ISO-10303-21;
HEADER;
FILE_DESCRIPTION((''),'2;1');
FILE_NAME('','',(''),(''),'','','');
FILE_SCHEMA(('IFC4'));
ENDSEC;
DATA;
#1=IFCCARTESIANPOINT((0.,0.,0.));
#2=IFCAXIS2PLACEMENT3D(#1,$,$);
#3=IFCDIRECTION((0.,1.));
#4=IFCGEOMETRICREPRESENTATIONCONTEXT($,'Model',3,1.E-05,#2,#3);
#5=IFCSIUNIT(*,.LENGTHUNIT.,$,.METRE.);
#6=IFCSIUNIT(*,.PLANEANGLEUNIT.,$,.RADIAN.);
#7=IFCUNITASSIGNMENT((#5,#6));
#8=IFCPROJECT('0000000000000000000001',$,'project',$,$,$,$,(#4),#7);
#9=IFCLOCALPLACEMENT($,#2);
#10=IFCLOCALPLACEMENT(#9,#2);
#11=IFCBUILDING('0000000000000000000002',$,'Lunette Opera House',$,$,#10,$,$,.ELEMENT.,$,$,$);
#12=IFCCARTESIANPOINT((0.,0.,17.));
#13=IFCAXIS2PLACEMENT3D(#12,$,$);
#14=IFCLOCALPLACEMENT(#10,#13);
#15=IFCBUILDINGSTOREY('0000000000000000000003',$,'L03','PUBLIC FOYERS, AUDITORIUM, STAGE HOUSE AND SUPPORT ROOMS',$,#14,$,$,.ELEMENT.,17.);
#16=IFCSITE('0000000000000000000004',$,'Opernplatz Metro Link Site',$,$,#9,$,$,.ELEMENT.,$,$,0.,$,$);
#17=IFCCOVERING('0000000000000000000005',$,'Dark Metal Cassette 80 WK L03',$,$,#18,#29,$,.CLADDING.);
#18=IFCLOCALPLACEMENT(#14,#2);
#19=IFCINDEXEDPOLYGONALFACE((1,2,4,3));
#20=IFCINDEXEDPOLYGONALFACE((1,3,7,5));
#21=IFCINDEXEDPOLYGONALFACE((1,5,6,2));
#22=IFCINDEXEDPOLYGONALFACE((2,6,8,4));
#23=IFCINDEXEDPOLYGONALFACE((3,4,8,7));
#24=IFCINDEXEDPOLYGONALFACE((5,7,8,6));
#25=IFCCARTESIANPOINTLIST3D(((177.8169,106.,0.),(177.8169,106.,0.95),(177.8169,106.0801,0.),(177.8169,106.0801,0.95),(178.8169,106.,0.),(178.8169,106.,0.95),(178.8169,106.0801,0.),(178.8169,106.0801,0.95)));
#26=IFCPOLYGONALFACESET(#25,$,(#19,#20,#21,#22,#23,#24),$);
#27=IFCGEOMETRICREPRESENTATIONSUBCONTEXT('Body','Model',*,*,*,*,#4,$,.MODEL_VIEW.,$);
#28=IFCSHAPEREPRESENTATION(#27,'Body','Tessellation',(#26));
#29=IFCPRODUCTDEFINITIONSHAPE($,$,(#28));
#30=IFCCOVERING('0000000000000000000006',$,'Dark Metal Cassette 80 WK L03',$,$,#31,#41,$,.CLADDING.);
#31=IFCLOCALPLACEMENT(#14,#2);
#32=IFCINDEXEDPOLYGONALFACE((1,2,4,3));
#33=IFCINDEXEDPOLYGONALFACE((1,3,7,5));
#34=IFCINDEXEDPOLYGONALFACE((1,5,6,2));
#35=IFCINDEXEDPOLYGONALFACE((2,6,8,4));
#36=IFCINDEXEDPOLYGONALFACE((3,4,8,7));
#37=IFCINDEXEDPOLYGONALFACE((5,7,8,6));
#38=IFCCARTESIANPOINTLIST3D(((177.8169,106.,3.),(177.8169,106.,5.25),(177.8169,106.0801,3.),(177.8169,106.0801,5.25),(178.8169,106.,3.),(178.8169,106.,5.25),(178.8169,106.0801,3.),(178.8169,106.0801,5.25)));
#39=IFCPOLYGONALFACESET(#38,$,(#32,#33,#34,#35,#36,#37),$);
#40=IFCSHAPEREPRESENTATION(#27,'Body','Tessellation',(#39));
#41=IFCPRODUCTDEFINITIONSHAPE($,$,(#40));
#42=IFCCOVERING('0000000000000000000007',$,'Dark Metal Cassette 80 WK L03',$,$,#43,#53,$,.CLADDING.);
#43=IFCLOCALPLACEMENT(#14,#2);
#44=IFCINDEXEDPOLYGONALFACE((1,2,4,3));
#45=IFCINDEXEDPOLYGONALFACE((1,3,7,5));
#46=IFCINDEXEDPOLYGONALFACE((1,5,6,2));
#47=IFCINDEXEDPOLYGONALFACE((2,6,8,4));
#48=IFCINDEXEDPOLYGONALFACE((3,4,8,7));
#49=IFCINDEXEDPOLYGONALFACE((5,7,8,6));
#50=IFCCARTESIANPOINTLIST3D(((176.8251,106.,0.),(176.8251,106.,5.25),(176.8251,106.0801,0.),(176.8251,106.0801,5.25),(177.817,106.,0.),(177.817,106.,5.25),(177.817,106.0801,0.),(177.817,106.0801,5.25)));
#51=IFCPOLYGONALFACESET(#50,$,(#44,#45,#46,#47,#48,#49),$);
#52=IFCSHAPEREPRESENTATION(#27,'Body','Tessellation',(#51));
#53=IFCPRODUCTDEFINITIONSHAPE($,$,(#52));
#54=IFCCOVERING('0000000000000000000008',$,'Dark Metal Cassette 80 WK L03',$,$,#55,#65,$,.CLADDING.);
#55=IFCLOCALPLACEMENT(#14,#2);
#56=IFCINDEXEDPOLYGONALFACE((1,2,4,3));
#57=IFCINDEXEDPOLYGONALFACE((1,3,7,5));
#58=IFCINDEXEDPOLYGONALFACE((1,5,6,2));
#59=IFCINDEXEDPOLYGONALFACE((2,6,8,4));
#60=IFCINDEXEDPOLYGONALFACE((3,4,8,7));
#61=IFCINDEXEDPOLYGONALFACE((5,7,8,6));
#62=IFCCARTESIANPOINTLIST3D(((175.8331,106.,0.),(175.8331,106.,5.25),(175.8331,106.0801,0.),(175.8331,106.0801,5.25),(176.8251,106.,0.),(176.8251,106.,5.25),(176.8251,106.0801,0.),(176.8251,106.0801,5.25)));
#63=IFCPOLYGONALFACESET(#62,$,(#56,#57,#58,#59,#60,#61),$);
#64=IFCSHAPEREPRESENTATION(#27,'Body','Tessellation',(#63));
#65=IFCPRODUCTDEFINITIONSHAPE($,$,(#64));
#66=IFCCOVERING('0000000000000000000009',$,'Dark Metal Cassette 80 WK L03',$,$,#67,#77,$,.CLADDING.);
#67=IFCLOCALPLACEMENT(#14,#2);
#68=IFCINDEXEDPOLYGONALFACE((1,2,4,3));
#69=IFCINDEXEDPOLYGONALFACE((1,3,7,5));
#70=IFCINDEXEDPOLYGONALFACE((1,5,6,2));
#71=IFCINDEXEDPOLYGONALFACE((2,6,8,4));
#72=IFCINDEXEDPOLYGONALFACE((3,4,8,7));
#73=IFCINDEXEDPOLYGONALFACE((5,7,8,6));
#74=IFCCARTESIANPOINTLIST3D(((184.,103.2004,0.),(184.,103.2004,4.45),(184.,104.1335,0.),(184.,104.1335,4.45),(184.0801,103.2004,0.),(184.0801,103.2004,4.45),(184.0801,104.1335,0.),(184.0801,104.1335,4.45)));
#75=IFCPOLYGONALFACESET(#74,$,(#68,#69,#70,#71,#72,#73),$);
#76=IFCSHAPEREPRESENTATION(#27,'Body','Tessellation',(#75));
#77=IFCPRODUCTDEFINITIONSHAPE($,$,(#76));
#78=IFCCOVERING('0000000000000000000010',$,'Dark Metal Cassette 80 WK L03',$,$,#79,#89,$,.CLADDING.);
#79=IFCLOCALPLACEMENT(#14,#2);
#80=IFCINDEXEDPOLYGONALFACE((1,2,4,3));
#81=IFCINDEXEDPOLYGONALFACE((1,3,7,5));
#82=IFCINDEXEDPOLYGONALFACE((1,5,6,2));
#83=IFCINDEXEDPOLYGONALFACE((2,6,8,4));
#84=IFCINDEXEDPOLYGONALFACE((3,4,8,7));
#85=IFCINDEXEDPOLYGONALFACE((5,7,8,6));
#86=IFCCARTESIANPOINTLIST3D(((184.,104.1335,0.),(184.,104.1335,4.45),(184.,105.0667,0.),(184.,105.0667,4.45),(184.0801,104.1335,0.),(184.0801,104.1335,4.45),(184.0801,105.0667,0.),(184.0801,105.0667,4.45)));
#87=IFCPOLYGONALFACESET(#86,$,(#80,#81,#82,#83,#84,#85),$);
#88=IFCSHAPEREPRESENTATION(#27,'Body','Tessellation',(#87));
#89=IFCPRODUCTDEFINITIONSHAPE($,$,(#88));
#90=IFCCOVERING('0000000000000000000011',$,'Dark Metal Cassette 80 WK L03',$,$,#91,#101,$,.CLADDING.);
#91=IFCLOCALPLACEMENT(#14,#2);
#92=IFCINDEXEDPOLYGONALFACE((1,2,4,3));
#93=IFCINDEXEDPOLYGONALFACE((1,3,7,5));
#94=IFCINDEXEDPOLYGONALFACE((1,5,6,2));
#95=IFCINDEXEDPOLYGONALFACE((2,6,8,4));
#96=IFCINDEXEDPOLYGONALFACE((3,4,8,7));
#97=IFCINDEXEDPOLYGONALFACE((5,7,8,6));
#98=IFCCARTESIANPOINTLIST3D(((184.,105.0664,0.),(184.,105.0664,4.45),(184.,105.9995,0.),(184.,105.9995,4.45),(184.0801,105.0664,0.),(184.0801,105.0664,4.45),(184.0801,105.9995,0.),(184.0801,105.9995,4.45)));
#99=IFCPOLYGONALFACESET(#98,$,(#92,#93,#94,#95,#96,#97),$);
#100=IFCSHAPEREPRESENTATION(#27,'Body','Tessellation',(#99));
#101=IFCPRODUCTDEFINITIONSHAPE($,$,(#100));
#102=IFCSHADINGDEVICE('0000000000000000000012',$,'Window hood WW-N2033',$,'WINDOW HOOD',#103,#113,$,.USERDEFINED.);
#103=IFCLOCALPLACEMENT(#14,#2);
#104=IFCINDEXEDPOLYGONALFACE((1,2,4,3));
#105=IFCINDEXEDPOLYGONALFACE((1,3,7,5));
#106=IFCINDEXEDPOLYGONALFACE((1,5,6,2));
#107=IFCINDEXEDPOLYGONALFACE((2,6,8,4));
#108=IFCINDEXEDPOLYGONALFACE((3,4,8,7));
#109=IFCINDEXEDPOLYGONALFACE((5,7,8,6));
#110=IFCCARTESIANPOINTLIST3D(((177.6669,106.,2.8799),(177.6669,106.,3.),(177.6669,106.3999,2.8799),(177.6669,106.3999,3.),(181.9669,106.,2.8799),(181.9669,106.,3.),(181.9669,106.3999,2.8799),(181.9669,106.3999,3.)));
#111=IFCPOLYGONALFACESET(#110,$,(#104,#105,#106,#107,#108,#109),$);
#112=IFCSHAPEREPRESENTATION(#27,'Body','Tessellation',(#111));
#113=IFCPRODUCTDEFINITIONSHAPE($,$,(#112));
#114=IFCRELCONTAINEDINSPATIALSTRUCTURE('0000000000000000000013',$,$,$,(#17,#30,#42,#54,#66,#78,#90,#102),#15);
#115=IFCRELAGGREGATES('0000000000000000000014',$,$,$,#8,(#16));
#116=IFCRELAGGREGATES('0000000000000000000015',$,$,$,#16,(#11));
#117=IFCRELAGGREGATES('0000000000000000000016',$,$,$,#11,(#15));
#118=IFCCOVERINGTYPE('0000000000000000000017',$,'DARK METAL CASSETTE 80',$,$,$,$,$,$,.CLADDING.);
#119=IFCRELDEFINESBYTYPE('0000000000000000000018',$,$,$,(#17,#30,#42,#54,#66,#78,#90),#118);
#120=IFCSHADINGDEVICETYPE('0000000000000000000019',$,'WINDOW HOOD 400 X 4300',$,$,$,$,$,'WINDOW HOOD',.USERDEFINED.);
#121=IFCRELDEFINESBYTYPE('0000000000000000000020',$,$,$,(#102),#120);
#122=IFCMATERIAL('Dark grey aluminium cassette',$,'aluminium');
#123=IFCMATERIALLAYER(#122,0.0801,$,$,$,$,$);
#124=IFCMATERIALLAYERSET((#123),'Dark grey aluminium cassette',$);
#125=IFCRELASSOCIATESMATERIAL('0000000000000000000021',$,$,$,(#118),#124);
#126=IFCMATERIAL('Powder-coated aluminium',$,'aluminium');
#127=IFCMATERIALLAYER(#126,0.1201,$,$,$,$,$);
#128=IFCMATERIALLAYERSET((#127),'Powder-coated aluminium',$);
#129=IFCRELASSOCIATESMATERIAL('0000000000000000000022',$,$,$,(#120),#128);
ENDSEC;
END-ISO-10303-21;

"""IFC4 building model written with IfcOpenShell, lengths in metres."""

from ifc_helpers import new_model, si_unit, direction, frame, origin, origin_2d, place, context, subcontext, project, spatial, rectangle, extrude, material, layer, layer_set, type_object, element, save


model = new_model("IFC4")

# Units and contexts
model_context = context("Model", 3, precision=1e-05, world=origin(), true_north=direction((0.0, 1.0)))
body_context = subcontext(model_context, "Body", "Model", "MODEL_VIEW")
ifc_project = project(units=[si_unit("LENGTHUNIT", "METRE"), si_unit("PLANEANGLEUNIT", "RADIAN")], contexts=[model_context])

# Site, building, storey
site_placement = place(None, origin())
site = spatial("IfcSite", under=ifc_project, at=site_placement, Name="Opernplatz Metro Link Site", CompositionType="ELEMENT", RefElevation=0.0)
building_placement = place(site_placement, origin())
building = spatial("IfcBuilding", under=site, at=building_placement, Name="Lunette Opera House", CompositionType="ELEMENT")
storey_placement = place(building_placement, frame((0.0, 0.0, 17.0)))
storey = spatial("IfcBuildingStorey", under=building, at=storey_placement, Name="L03", Description="PUBLIC FOYERS, AUDITORIUM, STAGE HOUSE AND SUPPORT ROOMS", CompositionType="ELEMENT", Elevation=17.0)

# Coverings
ifc_material_1 = material(Name="Dark grey aluminium cassette", Category="aluminium")
ifc_layer_1 = layer(ifc_material_1, 0.0801)
ifc_layer_set_1 = layer_set([ifc_layer_1], Name="Dark grey aluminium cassette")
covering_type = type_object("IfcCoveringType", Name="DARK METAL CASSETTE 80", PredefinedType="CLADDING", material=ifc_layer_set_1)
covering_1_placement = place(storey_placement, frame((178.3169, 106.04, 0.0), z_axis=(0.0, 0.0, 1.0), x_axis=(-1.0, 0.0, 0.0)))
element("IfcCovering", 1, at=covering_1_placement, inside=storey, type_object=covering_type, Name="Dark Metal Cassette 80 WK L03", PredefinedType="CLADDING", context=body_context, shape_type="SweptSolid", body=[
    extrude(rectangle(XDim=1.0, YDim=0.0801, at=origin_2d()), origin(), (0.0, 0.0, 1.0), 0.95),
])
covering_2_placement = place(storey_placement, frame((178.3169, 106.04, 3.0), z_axis=(0.0, 0.0, 1.0), x_axis=(-1.0, 0.0, 0.0)))
element("IfcCovering", 2, at=covering_2_placement, inside=storey, type_object=covering_type, Name="Dark Metal Cassette 80 WK L03", PredefinedType="CLADDING", context=body_context, shape_type="SweptSolid", body=[
    extrude(rectangle(XDim=1.0, YDim=0.0801, at=origin_2d()), origin(), (0.0, 0.0, 1.0), 2.25),
])
for number, where, z_axis, x_axis, name in (
    (3, (177.321, 106.04, 0.0), (0.0, 0.0, 1.0), (-1.0, 0.0, 0.0), "Dark Metal Cassette 80 WK L03"),
    (4, (176.3291, 106.04, 0.0), (0.0, 0.0, 1.0), (-1.0, 0.0, 0.0), "Dark Metal Cassette 80 WK L03"),
):
    element("IfcCovering", number, at=place(storey_placement, frame(where, z_axis=z_axis, x_axis=x_axis)), inside=storey, type_object=covering_type, Name=name, PredefinedType="CLADDING", context=body_context, shape_type="SweptSolid", body=[
        extrude(rectangle(XDim=0.9919, YDim=0.0801, at=origin_2d()), origin(), (0.0, 0.0, 1.0), 5.25),
    ])
for number, where, z_axis, x_axis, name in (
    (5, (184.04, 103.667, 0.0), (0.0, 0.0, 1.0), (0.0, 1.0, 0.0), "Dark Metal Cassette 80 WK L03"),
    (6, (184.04, 104.6001, 0.0), (0.0, 0.0, 1.0), (0.0, 1.0, 0.0), "Dark Metal Cassette 80 WK L03"),
    (7, (184.04, 105.533, 0.0), (0.0, 0.0, 1.0), (0.0, 1.0, 0.0), "Dark Metal Cassette 80 WK L03"),
):
    element("IfcCovering", number, at=place(storey_placement, frame(where, z_axis=z_axis, x_axis=x_axis)), inside=storey, type_object=covering_type, Name=name, PredefinedType="CLADDING", context=body_context, shape_type="SweptSolid", body=[
        extrude(rectangle(XDim=0.9331, YDim=0.0801, at=origin_2d()), origin(), (0.0, 0.0, 1.0), 4.45),
    ])

# Shading device
ifc_material_2 = material(Name="Powder-coated aluminium", Category="aluminium")
ifc_layer_2 = layer(ifc_material_2, 0.1201)
ifc_layer_set_2 = layer_set([ifc_layer_2], Name="Powder-coated aluminium")
shading_device_type = type_object("IfcShadingDeviceType", Name="WINDOW HOOD 400 X 4300", ElementType="WINDOW HOOD", PredefinedType="USERDEFINED", material=ifc_layer_set_2)
shading_device_placement = place(storey_placement, frame((179.8169, 106.2, 2.8799), z_axis=(0.0, 0.0, 1.0), x_axis=(0.0, 1.0, 0.0)))
element("IfcShadingDevice", 8, at=shading_device_placement, inside=storey, type_object=shading_device_type, Name="Window hood WW-N2033", ObjectType="WINDOW HOOD", PredefinedType="USERDEFINED", context=body_context, shape_type="SweptSolid", body=[
    extrude(rectangle(XDim=0.3999, YDim=4.3, at=origin_2d()), origin(), (0.0, 0.0, 1.0), 0.1201),
])

save(model, "model.ifc")
